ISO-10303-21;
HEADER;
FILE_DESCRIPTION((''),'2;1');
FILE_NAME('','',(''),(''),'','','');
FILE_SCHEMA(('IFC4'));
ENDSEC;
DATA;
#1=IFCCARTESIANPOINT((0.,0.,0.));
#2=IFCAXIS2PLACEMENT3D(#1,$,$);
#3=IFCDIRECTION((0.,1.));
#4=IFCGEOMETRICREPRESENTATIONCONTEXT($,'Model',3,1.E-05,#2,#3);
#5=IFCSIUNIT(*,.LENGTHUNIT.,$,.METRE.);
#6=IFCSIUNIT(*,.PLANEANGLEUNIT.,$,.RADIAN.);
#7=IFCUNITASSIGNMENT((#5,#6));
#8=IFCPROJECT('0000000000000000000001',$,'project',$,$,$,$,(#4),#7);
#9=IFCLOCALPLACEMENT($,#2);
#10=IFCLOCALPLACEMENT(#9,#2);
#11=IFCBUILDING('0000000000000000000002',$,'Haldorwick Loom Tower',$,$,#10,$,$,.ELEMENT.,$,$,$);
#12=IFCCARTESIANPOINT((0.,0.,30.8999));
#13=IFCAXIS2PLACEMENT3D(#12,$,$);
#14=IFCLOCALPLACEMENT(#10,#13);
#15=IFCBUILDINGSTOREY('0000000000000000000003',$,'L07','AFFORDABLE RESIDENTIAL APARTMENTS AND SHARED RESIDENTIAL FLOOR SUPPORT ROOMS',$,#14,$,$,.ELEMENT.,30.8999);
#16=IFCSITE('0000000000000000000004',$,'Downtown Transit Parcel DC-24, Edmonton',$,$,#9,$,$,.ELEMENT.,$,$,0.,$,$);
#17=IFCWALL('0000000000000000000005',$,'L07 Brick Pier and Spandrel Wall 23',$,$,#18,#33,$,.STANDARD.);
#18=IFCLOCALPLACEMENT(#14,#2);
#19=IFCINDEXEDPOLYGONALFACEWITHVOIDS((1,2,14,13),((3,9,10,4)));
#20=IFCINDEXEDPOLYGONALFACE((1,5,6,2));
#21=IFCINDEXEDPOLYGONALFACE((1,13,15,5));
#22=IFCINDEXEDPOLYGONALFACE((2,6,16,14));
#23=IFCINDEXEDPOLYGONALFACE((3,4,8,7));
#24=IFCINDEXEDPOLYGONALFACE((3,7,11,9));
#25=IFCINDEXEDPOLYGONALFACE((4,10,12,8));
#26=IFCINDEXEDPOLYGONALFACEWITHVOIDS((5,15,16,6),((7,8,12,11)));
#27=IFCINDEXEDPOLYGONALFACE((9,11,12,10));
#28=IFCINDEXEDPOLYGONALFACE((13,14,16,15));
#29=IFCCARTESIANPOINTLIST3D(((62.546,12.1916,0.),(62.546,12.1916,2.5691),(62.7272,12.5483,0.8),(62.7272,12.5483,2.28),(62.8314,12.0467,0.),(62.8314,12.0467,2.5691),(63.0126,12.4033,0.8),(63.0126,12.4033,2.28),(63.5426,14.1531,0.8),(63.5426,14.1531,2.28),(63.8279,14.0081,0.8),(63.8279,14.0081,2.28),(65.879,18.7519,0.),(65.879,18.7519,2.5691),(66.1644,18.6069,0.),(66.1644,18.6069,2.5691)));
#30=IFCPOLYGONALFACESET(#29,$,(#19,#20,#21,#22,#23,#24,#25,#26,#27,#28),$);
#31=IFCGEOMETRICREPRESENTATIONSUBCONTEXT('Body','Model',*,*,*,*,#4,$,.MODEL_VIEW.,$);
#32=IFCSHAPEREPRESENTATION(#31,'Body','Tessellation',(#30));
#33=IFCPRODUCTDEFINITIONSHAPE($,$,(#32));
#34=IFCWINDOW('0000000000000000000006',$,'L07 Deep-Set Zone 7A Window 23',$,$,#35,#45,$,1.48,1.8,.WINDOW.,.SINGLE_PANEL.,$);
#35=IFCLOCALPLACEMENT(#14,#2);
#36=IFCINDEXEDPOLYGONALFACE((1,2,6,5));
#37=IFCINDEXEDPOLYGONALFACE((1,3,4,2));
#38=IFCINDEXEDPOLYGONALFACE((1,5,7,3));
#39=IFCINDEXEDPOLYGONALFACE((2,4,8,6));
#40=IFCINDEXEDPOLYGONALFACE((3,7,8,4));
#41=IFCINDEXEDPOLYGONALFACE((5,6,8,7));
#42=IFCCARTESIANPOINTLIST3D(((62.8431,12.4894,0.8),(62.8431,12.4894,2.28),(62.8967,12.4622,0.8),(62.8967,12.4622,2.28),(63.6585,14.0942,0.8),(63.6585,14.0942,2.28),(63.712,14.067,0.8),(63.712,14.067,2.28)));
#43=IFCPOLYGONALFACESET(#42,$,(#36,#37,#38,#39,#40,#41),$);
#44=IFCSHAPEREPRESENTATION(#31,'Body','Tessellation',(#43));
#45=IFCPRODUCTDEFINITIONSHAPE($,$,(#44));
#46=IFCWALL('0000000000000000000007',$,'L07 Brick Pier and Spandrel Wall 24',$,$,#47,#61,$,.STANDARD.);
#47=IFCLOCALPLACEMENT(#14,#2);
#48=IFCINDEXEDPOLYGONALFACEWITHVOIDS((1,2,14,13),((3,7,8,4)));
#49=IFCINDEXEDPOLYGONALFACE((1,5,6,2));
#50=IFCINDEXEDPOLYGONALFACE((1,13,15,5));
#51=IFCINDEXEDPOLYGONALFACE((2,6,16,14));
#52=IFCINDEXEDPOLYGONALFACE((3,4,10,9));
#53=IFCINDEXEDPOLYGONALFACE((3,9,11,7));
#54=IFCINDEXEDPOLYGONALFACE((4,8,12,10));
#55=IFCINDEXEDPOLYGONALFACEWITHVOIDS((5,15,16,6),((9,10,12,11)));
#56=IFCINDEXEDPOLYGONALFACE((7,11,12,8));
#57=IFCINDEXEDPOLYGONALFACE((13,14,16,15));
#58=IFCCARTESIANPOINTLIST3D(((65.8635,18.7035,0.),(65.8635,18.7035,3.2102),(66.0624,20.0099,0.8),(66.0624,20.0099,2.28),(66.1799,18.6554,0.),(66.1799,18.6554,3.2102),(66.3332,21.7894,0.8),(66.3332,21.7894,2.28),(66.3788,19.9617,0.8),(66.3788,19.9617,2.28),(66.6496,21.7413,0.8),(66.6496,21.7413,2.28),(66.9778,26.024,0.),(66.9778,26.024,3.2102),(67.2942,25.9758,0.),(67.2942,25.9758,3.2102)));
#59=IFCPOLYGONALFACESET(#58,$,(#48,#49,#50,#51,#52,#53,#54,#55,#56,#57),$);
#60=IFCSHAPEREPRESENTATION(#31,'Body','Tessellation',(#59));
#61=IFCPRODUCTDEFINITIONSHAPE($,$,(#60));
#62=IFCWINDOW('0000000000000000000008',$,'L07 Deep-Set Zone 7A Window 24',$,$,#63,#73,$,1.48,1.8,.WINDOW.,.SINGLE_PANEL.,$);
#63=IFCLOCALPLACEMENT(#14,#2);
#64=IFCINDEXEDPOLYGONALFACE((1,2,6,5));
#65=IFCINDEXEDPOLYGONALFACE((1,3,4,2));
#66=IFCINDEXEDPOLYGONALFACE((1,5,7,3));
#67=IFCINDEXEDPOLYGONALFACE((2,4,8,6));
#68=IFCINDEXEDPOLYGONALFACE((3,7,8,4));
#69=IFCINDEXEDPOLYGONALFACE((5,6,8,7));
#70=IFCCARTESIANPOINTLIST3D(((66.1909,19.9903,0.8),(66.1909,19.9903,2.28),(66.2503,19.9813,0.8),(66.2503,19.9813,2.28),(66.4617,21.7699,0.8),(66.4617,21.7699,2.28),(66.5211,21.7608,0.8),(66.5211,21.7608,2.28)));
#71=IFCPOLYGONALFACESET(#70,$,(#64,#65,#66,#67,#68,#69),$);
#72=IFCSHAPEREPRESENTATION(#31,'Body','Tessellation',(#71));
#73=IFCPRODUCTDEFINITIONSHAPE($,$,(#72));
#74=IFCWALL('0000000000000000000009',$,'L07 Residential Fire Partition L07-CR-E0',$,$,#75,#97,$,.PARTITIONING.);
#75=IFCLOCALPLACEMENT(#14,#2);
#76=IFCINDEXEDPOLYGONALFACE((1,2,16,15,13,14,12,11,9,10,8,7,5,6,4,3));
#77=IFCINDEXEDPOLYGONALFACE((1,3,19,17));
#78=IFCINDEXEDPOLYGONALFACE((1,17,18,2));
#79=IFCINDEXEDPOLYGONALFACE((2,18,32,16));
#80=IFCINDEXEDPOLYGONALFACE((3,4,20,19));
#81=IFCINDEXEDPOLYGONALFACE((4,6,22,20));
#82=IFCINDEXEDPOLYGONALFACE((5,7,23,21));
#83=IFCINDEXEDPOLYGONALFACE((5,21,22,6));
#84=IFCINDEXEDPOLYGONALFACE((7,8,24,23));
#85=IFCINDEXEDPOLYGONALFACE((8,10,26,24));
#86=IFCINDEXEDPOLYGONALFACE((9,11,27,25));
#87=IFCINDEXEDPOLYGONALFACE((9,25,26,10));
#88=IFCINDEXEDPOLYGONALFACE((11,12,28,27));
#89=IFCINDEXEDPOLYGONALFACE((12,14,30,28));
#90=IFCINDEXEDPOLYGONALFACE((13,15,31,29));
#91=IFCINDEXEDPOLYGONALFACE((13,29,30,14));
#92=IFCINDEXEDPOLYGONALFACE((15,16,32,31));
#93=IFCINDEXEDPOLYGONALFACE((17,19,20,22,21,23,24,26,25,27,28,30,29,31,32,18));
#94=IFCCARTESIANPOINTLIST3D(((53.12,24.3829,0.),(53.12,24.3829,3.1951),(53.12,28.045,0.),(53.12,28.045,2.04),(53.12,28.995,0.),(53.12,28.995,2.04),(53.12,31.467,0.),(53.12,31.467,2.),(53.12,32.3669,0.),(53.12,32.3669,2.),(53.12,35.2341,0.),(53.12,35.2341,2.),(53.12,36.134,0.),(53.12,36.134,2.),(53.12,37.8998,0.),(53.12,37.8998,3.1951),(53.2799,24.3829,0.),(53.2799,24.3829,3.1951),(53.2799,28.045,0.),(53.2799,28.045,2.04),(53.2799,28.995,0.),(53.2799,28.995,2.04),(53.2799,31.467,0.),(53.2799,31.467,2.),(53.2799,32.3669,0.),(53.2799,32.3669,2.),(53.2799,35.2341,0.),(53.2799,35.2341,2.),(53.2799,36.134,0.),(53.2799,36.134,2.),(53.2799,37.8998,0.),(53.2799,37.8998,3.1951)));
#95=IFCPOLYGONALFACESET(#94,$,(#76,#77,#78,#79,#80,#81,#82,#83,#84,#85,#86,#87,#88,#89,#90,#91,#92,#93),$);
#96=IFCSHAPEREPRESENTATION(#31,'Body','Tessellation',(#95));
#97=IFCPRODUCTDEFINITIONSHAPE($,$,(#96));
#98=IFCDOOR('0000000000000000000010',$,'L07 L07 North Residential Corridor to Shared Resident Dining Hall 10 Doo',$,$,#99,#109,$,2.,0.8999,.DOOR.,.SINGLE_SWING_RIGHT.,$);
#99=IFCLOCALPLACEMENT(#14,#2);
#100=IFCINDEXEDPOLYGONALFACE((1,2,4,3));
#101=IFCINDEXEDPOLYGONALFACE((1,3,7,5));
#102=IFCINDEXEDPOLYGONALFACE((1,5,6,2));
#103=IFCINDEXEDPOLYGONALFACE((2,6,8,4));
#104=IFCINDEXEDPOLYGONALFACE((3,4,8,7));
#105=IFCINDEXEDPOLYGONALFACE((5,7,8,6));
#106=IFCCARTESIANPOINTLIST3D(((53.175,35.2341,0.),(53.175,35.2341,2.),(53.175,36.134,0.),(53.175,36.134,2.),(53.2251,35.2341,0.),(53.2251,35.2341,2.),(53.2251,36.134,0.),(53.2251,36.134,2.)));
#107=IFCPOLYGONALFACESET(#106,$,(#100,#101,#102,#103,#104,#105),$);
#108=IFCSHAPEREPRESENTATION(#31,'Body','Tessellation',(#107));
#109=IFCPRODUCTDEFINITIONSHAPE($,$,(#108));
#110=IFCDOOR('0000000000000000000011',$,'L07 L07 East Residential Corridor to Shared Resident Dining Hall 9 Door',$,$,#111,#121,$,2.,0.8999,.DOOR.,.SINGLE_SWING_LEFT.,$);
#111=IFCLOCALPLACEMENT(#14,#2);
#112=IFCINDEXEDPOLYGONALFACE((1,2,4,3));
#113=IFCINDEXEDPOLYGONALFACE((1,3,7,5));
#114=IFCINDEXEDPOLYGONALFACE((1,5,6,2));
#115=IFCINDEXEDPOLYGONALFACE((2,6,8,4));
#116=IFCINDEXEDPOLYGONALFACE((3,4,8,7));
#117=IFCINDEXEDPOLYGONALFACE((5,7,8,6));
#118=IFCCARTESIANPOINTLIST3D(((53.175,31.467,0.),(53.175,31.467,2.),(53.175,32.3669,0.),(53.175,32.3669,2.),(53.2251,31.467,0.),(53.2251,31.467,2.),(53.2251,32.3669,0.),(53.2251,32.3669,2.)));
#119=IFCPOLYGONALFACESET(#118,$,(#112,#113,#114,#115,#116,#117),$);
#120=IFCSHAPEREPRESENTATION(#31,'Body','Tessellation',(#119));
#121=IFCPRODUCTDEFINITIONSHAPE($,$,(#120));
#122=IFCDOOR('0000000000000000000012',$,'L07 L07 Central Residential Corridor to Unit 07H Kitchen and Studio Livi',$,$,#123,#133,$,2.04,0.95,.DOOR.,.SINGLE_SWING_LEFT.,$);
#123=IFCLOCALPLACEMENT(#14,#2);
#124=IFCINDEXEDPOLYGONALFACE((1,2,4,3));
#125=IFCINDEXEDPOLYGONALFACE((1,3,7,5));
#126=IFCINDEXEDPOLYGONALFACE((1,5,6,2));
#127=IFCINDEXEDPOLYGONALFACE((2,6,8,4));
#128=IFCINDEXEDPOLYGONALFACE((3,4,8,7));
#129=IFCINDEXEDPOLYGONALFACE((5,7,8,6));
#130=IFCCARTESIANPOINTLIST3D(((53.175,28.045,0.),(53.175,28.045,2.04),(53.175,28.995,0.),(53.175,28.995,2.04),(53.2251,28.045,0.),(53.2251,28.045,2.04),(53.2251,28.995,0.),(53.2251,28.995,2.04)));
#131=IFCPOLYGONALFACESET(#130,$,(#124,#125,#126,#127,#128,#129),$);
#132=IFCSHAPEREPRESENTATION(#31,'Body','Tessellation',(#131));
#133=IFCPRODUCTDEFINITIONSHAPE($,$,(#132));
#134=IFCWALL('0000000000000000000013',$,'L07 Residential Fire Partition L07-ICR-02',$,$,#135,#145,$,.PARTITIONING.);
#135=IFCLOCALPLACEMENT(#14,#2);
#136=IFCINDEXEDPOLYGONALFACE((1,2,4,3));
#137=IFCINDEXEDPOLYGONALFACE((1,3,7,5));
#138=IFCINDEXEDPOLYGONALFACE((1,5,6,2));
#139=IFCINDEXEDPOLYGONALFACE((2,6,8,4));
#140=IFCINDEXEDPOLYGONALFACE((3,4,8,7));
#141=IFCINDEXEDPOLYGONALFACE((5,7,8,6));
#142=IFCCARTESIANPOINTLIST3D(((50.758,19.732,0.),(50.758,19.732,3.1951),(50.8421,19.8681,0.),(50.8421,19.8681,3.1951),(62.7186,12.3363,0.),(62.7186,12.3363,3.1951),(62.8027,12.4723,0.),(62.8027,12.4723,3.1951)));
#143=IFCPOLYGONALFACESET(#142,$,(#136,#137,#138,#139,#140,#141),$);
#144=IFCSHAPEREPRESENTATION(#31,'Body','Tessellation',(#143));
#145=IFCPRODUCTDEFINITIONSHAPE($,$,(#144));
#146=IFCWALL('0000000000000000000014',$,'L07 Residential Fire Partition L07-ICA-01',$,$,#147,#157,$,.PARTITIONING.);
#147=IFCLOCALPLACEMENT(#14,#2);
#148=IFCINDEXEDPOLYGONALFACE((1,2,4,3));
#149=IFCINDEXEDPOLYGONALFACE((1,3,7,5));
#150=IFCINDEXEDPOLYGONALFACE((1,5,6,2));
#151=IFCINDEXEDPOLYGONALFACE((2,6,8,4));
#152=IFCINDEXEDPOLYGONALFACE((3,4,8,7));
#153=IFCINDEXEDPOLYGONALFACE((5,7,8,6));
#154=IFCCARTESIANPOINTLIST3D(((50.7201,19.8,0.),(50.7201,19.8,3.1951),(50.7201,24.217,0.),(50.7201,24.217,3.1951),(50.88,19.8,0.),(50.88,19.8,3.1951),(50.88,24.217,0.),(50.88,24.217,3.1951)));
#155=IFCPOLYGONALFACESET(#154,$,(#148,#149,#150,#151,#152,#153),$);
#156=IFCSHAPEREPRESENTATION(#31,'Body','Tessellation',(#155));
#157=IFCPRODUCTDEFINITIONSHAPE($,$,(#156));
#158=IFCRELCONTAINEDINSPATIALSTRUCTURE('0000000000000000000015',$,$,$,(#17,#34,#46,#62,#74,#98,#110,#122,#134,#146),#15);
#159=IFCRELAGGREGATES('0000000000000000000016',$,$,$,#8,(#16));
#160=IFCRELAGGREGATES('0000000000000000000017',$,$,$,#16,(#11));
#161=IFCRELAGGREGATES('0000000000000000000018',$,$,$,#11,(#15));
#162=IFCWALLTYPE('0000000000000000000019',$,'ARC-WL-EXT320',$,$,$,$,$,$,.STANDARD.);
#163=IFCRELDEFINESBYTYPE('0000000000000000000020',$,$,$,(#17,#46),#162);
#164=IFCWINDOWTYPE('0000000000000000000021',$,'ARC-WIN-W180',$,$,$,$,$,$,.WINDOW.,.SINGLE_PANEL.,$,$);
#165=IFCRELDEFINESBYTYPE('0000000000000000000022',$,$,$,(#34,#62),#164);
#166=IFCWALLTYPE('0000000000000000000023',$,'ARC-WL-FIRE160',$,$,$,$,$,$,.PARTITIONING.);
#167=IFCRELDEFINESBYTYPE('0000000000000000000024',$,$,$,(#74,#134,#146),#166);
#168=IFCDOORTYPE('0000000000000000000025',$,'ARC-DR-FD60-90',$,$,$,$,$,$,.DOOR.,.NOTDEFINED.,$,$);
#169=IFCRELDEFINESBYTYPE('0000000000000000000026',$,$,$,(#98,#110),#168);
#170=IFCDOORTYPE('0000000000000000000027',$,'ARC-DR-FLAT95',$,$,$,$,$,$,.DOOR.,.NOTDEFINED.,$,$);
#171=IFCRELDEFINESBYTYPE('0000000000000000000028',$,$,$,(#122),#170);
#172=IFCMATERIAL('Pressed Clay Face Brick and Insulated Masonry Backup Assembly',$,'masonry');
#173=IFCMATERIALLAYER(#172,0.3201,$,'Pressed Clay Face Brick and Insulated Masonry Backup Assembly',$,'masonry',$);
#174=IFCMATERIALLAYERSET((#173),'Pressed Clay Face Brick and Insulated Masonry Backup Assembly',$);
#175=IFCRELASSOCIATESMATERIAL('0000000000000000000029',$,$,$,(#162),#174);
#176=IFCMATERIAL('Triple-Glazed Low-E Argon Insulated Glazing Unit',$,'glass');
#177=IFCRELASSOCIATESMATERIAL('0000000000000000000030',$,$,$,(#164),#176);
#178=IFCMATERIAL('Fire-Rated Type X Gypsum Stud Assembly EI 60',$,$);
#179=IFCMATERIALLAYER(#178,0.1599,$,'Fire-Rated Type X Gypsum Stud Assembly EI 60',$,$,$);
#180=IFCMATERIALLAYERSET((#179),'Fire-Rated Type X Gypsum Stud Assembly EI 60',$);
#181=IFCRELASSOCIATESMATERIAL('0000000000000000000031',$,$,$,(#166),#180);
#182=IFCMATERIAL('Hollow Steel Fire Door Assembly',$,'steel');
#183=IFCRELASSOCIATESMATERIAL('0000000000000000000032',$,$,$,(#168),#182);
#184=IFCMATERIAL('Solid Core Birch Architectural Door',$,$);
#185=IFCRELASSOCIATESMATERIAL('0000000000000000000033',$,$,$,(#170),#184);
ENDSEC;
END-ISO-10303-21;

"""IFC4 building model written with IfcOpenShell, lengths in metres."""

from ifc_helpers import new_model, si_unit, direction, frame, frame_2d, origin, place, context, subcontext, project, spatial, rectangle, extrude, material, layer, layer_set, type_object, element, fill, save


model = new_model("IFC4")

# Units and contexts
model_context = context("Model", 3, precision=1e-05, world=origin(), true_north=direction((0.0, 1.0)))
body_context = subcontext(model_context, "Body", "Model", "MODEL_VIEW")
ifc_project = project(units=[si_unit("LENGTHUNIT", "METRE"), si_unit("PLANEANGLEUNIT", "RADIAN")], contexts=[model_context])

# Site, building, storey
site_placement = place(None, origin())
site = spatial("IfcSite", under=ifc_project, at=site_placement, Name="Downtown Transit Parcel DC-24, Edmonton", CompositionType="ELEMENT", RefElevation=0.0)
building_placement = place(site_placement, origin())
building = spatial("IfcBuilding", under=site, at=building_placement, Name="Haldorwick Loom Tower", CompositionType="ELEMENT")
storey_placement = place(building_placement, frame((0.0, 0.0, 30.8999)))
storey = spatial("IfcBuildingStorey", under=building, at=storey_placement, Name="L07", Description="AFFORDABLE RESIDENTIAL APARTMENTS AND SHARED RESIDENTIAL FLOOR SUPPORT ROOMS", CompositionType="ELEMENT", Elevation=30.8999)

# Shared definitions
ifc_material_1 = material(Name="Pressed Clay Face Brick and Insulated Masonry Backup Assembly", Category="masonry")
ifc_layer_1 = layer(ifc_material_1, 0.3201, Name="Pressed Clay Face Brick and Insulated Masonry Backup Assembly", Category="masonry")
ifc_layer_set_1 = layer_set([ifc_layer_1], Name="Pressed Clay Face Brick and Insulated Masonry Backup Assembly")
wall_type_1 = type_object("IfcWallType", Name="ARC-WL-EXT320", PredefinedType="STANDARD", material=ifc_layer_set_1)

# Walls, openings, windows
ifc_material_2 = material(Name="Triple-Glazed Low-E Argon Insulated Glazing Unit", Category="glass")
window_type = type_object("IfcWindowType", Name="ARC-WIN-W180", PartitioningType="SINGLE_PANEL", PredefinedType="WINDOW", material=ifc_material_2)
wall_1_placement = place(storey_placement, frame((62.6887, 12.1191, 0.0), z_axis=(0.0, 0.0, 1.0), x_axis=(0.452951, 0.891535, 0.0)))
wall_1 = element("IfcWall", 1, at=wall_1_placement, inside=storey, type_object=wall_type_1, Name="L07 Brick Pier and Spandrel Wall 23", PredefinedType="STANDARD", context=body_context, shape_type="SweptSolid", body=[
    extrude(rectangle(XDim=7.3584, YDim=0.3201, at=frame_2d((3.6792, 0.0))), origin(), (0.0, 0.0, 1.0), 2.5691),
])
opening_1_placement = place(wall_1_placement, frame((0.4001, 0.0, 0.8)))
opening_1 = element("IfcOpeningElement", 2, at=opening_1_placement, cuts=wall_1, PredefinedType="OPENING", context=body_context, shape_type="SweptSolid", body=[
    extrude(rectangle(XDim=1.8, YDim=1.48, at=frame_2d((0.8999, 0.74))), frame((0.0, 0.1699, 0.0), z_axis=(0.0, -1.0, 0.0), x_axis=(1.0, 0.0, 0.0)), (0.0, 0.0, 1.0), 0.3401),
])
window_1_placement = place(opening_1_placement, origin())
window_1 = element("IfcWindow", 3, at=window_1_placement, inside=storey, type_object=window_type, Name="L07 Deep-Set Zone 7A Window 23", OverallHeight=1.48, OverallWidth=1.8, PartitioningType="SINGLE_PANEL", PredefinedType="WINDOW", context=body_context, shape_type="SweptSolid", body=[
    extrude(rectangle(XDim=1.8, YDim=1.48, at=frame_2d((0.8999, 0.74))), frame((0.0, 0.03, 0.0), z_axis=(0.0, -1.0, 0.0), x_axis=(1.0, 0.0, 0.0)), (0.0, 0.0, 1.0), 0.0601),
])
fill(opening_1, window_1)
wall_2_placement = place(storey_placement, frame((66.0217, 18.6794, 0.0), z_axis=(0.0, 0.0, 1.0), x_axis=(0.150476, 0.988614, 0.0)))
wall_2 = element("IfcWall", 4, at=wall_2_placement, inside=storey, type_object=wall_type_1, Name="L07 Brick Pier and Spandrel Wall 24", PredefinedType="STANDARD", context=body_context, shape_type="SweptSolid", body=[
    extrude(rectangle(XDim=7.4048, YDim=0.3201, at=frame_2d((3.7024, 0.0))), origin(), (0.0, 0.0, 1.0), 3.2102),
])
opening_2_placement = place(wall_2_placement, frame((1.3215, 0.0, 0.8)))
opening_2 = element("IfcOpeningElement", 5, at=opening_2_placement, cuts=wall_2, PredefinedType="OPENING", context=body_context, shape_type="SweptSolid", body=[
    extrude(rectangle(XDim=1.8, YDim=1.48, at=frame_2d((0.8999, 0.74))), frame((0.0, 0.1699, 0.0), z_axis=(0.0, -1.0, 0.0), x_axis=(1.0, 0.0, 0.0)), (0.0, 0.0, 1.0), 0.3401),
])
window_2_placement = place(opening_2_placement, origin())
window_2 = element("IfcWindow", 6, at=window_2_placement, inside=storey, type_object=window_type, Name="L07 Deep-Set Zone 7A Window 24", OverallHeight=1.48, OverallWidth=1.8, PartitioningType="SINGLE_PANEL", PredefinedType="WINDOW", context=body_context, shape_type="SweptSolid", body=[
    extrude(rectangle(XDim=1.8, YDim=1.48, at=frame_2d((0.8999, 0.74))), frame((0.0, 0.03, 0.0), z_axis=(0.0, -1.0, 0.0), x_axis=(1.0, 0.0, 0.0)), (0.0, 0.0, 1.0), 0.0601),
])
fill(opening_2, window_2)

# Wall, openings, doors
ifc_material_3 = material(Name="Fire-Rated Type X Gypsum Stud Assembly EI 60")
ifc_layer_2 = layer(ifc_material_3, 0.1599, Name="Fire-Rated Type X Gypsum Stud Assembly EI 60")
ifc_layer_set_2 = layer_set([ifc_layer_2], Name="Fire-Rated Type X Gypsum Stud Assembly EI 60")
wall_type_2 = type_object("IfcWallType", Name="ARC-WL-FIRE160", PredefinedType="PARTITIONING", material=ifc_layer_set_2)
wall_3_placement = place(storey_placement, frame((53.2, 24.3831, 0.0), z_axis=(0.0, 0.0, 1.0), x_axis=(0.0, 1.0, 0.0)))
wall_3 = element("IfcWall", 7, at=wall_3_placement, inside=storey, type_object=wall_type_2, Name="L07 Residential Fire Partition L07-CR-E0", PredefinedType="PARTITIONING", context=body_context, shape_type="SweptSolid", body=[
    extrude(rectangle(XDim=13.5168, YDim=0.1599, at=frame_2d((6.7583, 0.0))), origin(), (0.0, 0.0, 1.0), 3.1951),
])
opening_3_placement = place(wall_3_placement, frame((10.8511, 0.0, 0.0)))
opening_3 = element("IfcOpeningElement", 8, at=opening_3_placement, cuts=wall_3, PredefinedType="OPENING", context=body_context, shape_type="SweptSolid", body=[
    extrude(rectangle(XDim=0.8999, YDim=2.0, at=frame_2d((0.45, 1.0))), frame((0.0, 0.0898, 0.0), z_axis=(0.0, -1.0, 0.0), x_axis=(1.0, 0.0, 0.0)), (0.0, 0.0, 1.0), 0.1799),
])
opening_4_placement = place(wall_3_placement, frame((3.6619, 0.0, 0.0)))
opening_4 = element("IfcOpeningElement", 9, at=opening_4_placement, cuts=wall_3, PredefinedType="OPENING", context=body_context, shape_type="SweptSolid", body=[
    extrude(rectangle(XDim=0.95, YDim=2.04, at=frame_2d((0.4751, 1.02))), frame((0.0, 0.0898, 0.0), z_axis=(0.0, -1.0, 0.0), x_axis=(1.0, 0.0, 0.0)), (0.0, 0.0, 1.0), 0.1799),
])
opening_5_placement = place(wall_3_placement, frame((7.084, 0.0, 0.0)))
opening_5 = element("IfcOpeningElement", 10, at=opening_5_placement, cuts=wall_3, PredefinedType="OPENING", context=body_context, shape_type="SweptSolid", body=[
    extrude(rectangle(XDim=0.8999, YDim=2.0, at=frame_2d((0.45, 1.0))), frame((0.0, 0.0898, 0.0), z_axis=(0.0, -1.0, 0.0), x_axis=(1.0, 0.0, 0.0)), (0.0, 0.0, 1.0), 0.1799),
])
ifc_material_4 = material(Name="Hollow Steel Fire Door Assembly", Category="steel")
door_type_1 = type_object("IfcDoorType", Name="ARC-DR-FD60-90", OperationType="NOTDEFINED", PredefinedType="DOOR", material=ifc_material_4)
door_1_placement = place(opening_3_placement, origin())
door_1 = element("IfcDoor", 11, at=door_1_placement, inside=storey, type_object=door_type_1, Name="L07 L07 North Residential Corridor to Shared Resident Dining Hall 10 Doo", OperationType="SINGLE_SWING_RIGHT", OverallHeight=2.0, OverallWidth=0.8999, PredefinedType="DOOR", context=body_context, shape_type="SweptSolid", body=[
    extrude(rectangle(XDim=0.8999, YDim=2.0, at=frame_2d((0.45, 1.0))), frame((0.0, 0.0249, 0.0), z_axis=(0.0, -1.0, 0.0), x_axis=(1.0, 0.0, 0.0)), (0.0, 0.0, 1.0), 0.05),
])
fill(opening_3, door_1)
door_2_placement = place(opening_5_placement, origin())
door_2 = element("IfcDoor", 12, at=door_2_placement, inside=storey, type_object=door_type_1, Name="L07 L07 East Residential Corridor to Shared Resident Dining Hall 9 Door", OperationType="SINGLE_SWING_LEFT", OverallHeight=2.0, OverallWidth=0.8999, PredefinedType="DOOR", context=body_context, shape_type="SweptSolid", body=[
    extrude(rectangle(XDim=0.8999, YDim=2.0, at=frame_2d((0.45, 1.0))), frame((0.0, 0.0249, 0.0), z_axis=(0.0, -1.0, 0.0), x_axis=(1.0, 0.0, 0.0)), (0.0, 0.0, 1.0), 0.05),
])
fill(opening_5, door_2)
ifc_material_5 = material(Name="Solid Core Birch Architectural Door")
door_type_2 = type_object("IfcDoorType", Name="ARC-DR-FLAT95", OperationType="NOTDEFINED", PredefinedType="DOOR", material=ifc_material_5)
door_3_placement = place(opening_4_placement, origin())
door_3 = element("IfcDoor", 13, at=door_3_placement, inside=storey, type_object=door_type_2, Name="L07 L07 Central Residential Corridor to Unit 07H Kitchen and Studio Livi", OperationType="SINGLE_SWING_LEFT", OverallHeight=2.04, OverallWidth=0.95, PredefinedType="DOOR", context=body_context, shape_type="SweptSolid", body=[
    extrude(rectangle(XDim=0.95, YDim=2.04, at=frame_2d((0.4751, 1.02))), frame((0.0, 0.0249, 0.0), z_axis=(0.0, -1.0, 0.0), x_axis=(1.0, 0.0, 0.0)), (0.0, 0.0, 1.0), 0.05),
])
fill(opening_4, door_3)

# Walls
wall_4_placement = place(storey_placement, frame((50.8, 19.8, 0.0), z_axis=(0.0, 0.0, 1.0), x_axis=(0.850535, -0.525918, 0.0)))
element("IfcWall", 14, at=wall_4_placement, inside=storey, type_object=wall_type_2, Name="L07 Residential Fire Partition L07-ICR-02", PredefinedType="PARTITIONING", context=body_context, shape_type="SweptSolid", body=[
    extrude(rectangle(XDim=14.0625, YDim=0.1599, at=frame_2d((7.0312, 0.0))), origin(), (0.0, 0.0, 1.0), 3.1951),
])
wall_5_placement = place(storey_placement, frame((50.8, 24.217, 0.0), z_axis=(0.0, 0.0, 1.0), x_axis=(0.0, -1.0, 0.0)))
element("IfcWall", 15, at=wall_5_placement, inside=storey, type_object=wall_type_2, Name="L07 Residential Fire Partition L07-ICA-01", PredefinedType="PARTITIONING", context=body_context, shape_type="SweptSolid", body=[
    extrude(rectangle(XDim=4.417, YDim=0.1599, at=frame_2d((2.2085, 0.0))), origin(), (0.0, 0.0, 1.0), 3.1951),
])

save(model, "model.ifc")
